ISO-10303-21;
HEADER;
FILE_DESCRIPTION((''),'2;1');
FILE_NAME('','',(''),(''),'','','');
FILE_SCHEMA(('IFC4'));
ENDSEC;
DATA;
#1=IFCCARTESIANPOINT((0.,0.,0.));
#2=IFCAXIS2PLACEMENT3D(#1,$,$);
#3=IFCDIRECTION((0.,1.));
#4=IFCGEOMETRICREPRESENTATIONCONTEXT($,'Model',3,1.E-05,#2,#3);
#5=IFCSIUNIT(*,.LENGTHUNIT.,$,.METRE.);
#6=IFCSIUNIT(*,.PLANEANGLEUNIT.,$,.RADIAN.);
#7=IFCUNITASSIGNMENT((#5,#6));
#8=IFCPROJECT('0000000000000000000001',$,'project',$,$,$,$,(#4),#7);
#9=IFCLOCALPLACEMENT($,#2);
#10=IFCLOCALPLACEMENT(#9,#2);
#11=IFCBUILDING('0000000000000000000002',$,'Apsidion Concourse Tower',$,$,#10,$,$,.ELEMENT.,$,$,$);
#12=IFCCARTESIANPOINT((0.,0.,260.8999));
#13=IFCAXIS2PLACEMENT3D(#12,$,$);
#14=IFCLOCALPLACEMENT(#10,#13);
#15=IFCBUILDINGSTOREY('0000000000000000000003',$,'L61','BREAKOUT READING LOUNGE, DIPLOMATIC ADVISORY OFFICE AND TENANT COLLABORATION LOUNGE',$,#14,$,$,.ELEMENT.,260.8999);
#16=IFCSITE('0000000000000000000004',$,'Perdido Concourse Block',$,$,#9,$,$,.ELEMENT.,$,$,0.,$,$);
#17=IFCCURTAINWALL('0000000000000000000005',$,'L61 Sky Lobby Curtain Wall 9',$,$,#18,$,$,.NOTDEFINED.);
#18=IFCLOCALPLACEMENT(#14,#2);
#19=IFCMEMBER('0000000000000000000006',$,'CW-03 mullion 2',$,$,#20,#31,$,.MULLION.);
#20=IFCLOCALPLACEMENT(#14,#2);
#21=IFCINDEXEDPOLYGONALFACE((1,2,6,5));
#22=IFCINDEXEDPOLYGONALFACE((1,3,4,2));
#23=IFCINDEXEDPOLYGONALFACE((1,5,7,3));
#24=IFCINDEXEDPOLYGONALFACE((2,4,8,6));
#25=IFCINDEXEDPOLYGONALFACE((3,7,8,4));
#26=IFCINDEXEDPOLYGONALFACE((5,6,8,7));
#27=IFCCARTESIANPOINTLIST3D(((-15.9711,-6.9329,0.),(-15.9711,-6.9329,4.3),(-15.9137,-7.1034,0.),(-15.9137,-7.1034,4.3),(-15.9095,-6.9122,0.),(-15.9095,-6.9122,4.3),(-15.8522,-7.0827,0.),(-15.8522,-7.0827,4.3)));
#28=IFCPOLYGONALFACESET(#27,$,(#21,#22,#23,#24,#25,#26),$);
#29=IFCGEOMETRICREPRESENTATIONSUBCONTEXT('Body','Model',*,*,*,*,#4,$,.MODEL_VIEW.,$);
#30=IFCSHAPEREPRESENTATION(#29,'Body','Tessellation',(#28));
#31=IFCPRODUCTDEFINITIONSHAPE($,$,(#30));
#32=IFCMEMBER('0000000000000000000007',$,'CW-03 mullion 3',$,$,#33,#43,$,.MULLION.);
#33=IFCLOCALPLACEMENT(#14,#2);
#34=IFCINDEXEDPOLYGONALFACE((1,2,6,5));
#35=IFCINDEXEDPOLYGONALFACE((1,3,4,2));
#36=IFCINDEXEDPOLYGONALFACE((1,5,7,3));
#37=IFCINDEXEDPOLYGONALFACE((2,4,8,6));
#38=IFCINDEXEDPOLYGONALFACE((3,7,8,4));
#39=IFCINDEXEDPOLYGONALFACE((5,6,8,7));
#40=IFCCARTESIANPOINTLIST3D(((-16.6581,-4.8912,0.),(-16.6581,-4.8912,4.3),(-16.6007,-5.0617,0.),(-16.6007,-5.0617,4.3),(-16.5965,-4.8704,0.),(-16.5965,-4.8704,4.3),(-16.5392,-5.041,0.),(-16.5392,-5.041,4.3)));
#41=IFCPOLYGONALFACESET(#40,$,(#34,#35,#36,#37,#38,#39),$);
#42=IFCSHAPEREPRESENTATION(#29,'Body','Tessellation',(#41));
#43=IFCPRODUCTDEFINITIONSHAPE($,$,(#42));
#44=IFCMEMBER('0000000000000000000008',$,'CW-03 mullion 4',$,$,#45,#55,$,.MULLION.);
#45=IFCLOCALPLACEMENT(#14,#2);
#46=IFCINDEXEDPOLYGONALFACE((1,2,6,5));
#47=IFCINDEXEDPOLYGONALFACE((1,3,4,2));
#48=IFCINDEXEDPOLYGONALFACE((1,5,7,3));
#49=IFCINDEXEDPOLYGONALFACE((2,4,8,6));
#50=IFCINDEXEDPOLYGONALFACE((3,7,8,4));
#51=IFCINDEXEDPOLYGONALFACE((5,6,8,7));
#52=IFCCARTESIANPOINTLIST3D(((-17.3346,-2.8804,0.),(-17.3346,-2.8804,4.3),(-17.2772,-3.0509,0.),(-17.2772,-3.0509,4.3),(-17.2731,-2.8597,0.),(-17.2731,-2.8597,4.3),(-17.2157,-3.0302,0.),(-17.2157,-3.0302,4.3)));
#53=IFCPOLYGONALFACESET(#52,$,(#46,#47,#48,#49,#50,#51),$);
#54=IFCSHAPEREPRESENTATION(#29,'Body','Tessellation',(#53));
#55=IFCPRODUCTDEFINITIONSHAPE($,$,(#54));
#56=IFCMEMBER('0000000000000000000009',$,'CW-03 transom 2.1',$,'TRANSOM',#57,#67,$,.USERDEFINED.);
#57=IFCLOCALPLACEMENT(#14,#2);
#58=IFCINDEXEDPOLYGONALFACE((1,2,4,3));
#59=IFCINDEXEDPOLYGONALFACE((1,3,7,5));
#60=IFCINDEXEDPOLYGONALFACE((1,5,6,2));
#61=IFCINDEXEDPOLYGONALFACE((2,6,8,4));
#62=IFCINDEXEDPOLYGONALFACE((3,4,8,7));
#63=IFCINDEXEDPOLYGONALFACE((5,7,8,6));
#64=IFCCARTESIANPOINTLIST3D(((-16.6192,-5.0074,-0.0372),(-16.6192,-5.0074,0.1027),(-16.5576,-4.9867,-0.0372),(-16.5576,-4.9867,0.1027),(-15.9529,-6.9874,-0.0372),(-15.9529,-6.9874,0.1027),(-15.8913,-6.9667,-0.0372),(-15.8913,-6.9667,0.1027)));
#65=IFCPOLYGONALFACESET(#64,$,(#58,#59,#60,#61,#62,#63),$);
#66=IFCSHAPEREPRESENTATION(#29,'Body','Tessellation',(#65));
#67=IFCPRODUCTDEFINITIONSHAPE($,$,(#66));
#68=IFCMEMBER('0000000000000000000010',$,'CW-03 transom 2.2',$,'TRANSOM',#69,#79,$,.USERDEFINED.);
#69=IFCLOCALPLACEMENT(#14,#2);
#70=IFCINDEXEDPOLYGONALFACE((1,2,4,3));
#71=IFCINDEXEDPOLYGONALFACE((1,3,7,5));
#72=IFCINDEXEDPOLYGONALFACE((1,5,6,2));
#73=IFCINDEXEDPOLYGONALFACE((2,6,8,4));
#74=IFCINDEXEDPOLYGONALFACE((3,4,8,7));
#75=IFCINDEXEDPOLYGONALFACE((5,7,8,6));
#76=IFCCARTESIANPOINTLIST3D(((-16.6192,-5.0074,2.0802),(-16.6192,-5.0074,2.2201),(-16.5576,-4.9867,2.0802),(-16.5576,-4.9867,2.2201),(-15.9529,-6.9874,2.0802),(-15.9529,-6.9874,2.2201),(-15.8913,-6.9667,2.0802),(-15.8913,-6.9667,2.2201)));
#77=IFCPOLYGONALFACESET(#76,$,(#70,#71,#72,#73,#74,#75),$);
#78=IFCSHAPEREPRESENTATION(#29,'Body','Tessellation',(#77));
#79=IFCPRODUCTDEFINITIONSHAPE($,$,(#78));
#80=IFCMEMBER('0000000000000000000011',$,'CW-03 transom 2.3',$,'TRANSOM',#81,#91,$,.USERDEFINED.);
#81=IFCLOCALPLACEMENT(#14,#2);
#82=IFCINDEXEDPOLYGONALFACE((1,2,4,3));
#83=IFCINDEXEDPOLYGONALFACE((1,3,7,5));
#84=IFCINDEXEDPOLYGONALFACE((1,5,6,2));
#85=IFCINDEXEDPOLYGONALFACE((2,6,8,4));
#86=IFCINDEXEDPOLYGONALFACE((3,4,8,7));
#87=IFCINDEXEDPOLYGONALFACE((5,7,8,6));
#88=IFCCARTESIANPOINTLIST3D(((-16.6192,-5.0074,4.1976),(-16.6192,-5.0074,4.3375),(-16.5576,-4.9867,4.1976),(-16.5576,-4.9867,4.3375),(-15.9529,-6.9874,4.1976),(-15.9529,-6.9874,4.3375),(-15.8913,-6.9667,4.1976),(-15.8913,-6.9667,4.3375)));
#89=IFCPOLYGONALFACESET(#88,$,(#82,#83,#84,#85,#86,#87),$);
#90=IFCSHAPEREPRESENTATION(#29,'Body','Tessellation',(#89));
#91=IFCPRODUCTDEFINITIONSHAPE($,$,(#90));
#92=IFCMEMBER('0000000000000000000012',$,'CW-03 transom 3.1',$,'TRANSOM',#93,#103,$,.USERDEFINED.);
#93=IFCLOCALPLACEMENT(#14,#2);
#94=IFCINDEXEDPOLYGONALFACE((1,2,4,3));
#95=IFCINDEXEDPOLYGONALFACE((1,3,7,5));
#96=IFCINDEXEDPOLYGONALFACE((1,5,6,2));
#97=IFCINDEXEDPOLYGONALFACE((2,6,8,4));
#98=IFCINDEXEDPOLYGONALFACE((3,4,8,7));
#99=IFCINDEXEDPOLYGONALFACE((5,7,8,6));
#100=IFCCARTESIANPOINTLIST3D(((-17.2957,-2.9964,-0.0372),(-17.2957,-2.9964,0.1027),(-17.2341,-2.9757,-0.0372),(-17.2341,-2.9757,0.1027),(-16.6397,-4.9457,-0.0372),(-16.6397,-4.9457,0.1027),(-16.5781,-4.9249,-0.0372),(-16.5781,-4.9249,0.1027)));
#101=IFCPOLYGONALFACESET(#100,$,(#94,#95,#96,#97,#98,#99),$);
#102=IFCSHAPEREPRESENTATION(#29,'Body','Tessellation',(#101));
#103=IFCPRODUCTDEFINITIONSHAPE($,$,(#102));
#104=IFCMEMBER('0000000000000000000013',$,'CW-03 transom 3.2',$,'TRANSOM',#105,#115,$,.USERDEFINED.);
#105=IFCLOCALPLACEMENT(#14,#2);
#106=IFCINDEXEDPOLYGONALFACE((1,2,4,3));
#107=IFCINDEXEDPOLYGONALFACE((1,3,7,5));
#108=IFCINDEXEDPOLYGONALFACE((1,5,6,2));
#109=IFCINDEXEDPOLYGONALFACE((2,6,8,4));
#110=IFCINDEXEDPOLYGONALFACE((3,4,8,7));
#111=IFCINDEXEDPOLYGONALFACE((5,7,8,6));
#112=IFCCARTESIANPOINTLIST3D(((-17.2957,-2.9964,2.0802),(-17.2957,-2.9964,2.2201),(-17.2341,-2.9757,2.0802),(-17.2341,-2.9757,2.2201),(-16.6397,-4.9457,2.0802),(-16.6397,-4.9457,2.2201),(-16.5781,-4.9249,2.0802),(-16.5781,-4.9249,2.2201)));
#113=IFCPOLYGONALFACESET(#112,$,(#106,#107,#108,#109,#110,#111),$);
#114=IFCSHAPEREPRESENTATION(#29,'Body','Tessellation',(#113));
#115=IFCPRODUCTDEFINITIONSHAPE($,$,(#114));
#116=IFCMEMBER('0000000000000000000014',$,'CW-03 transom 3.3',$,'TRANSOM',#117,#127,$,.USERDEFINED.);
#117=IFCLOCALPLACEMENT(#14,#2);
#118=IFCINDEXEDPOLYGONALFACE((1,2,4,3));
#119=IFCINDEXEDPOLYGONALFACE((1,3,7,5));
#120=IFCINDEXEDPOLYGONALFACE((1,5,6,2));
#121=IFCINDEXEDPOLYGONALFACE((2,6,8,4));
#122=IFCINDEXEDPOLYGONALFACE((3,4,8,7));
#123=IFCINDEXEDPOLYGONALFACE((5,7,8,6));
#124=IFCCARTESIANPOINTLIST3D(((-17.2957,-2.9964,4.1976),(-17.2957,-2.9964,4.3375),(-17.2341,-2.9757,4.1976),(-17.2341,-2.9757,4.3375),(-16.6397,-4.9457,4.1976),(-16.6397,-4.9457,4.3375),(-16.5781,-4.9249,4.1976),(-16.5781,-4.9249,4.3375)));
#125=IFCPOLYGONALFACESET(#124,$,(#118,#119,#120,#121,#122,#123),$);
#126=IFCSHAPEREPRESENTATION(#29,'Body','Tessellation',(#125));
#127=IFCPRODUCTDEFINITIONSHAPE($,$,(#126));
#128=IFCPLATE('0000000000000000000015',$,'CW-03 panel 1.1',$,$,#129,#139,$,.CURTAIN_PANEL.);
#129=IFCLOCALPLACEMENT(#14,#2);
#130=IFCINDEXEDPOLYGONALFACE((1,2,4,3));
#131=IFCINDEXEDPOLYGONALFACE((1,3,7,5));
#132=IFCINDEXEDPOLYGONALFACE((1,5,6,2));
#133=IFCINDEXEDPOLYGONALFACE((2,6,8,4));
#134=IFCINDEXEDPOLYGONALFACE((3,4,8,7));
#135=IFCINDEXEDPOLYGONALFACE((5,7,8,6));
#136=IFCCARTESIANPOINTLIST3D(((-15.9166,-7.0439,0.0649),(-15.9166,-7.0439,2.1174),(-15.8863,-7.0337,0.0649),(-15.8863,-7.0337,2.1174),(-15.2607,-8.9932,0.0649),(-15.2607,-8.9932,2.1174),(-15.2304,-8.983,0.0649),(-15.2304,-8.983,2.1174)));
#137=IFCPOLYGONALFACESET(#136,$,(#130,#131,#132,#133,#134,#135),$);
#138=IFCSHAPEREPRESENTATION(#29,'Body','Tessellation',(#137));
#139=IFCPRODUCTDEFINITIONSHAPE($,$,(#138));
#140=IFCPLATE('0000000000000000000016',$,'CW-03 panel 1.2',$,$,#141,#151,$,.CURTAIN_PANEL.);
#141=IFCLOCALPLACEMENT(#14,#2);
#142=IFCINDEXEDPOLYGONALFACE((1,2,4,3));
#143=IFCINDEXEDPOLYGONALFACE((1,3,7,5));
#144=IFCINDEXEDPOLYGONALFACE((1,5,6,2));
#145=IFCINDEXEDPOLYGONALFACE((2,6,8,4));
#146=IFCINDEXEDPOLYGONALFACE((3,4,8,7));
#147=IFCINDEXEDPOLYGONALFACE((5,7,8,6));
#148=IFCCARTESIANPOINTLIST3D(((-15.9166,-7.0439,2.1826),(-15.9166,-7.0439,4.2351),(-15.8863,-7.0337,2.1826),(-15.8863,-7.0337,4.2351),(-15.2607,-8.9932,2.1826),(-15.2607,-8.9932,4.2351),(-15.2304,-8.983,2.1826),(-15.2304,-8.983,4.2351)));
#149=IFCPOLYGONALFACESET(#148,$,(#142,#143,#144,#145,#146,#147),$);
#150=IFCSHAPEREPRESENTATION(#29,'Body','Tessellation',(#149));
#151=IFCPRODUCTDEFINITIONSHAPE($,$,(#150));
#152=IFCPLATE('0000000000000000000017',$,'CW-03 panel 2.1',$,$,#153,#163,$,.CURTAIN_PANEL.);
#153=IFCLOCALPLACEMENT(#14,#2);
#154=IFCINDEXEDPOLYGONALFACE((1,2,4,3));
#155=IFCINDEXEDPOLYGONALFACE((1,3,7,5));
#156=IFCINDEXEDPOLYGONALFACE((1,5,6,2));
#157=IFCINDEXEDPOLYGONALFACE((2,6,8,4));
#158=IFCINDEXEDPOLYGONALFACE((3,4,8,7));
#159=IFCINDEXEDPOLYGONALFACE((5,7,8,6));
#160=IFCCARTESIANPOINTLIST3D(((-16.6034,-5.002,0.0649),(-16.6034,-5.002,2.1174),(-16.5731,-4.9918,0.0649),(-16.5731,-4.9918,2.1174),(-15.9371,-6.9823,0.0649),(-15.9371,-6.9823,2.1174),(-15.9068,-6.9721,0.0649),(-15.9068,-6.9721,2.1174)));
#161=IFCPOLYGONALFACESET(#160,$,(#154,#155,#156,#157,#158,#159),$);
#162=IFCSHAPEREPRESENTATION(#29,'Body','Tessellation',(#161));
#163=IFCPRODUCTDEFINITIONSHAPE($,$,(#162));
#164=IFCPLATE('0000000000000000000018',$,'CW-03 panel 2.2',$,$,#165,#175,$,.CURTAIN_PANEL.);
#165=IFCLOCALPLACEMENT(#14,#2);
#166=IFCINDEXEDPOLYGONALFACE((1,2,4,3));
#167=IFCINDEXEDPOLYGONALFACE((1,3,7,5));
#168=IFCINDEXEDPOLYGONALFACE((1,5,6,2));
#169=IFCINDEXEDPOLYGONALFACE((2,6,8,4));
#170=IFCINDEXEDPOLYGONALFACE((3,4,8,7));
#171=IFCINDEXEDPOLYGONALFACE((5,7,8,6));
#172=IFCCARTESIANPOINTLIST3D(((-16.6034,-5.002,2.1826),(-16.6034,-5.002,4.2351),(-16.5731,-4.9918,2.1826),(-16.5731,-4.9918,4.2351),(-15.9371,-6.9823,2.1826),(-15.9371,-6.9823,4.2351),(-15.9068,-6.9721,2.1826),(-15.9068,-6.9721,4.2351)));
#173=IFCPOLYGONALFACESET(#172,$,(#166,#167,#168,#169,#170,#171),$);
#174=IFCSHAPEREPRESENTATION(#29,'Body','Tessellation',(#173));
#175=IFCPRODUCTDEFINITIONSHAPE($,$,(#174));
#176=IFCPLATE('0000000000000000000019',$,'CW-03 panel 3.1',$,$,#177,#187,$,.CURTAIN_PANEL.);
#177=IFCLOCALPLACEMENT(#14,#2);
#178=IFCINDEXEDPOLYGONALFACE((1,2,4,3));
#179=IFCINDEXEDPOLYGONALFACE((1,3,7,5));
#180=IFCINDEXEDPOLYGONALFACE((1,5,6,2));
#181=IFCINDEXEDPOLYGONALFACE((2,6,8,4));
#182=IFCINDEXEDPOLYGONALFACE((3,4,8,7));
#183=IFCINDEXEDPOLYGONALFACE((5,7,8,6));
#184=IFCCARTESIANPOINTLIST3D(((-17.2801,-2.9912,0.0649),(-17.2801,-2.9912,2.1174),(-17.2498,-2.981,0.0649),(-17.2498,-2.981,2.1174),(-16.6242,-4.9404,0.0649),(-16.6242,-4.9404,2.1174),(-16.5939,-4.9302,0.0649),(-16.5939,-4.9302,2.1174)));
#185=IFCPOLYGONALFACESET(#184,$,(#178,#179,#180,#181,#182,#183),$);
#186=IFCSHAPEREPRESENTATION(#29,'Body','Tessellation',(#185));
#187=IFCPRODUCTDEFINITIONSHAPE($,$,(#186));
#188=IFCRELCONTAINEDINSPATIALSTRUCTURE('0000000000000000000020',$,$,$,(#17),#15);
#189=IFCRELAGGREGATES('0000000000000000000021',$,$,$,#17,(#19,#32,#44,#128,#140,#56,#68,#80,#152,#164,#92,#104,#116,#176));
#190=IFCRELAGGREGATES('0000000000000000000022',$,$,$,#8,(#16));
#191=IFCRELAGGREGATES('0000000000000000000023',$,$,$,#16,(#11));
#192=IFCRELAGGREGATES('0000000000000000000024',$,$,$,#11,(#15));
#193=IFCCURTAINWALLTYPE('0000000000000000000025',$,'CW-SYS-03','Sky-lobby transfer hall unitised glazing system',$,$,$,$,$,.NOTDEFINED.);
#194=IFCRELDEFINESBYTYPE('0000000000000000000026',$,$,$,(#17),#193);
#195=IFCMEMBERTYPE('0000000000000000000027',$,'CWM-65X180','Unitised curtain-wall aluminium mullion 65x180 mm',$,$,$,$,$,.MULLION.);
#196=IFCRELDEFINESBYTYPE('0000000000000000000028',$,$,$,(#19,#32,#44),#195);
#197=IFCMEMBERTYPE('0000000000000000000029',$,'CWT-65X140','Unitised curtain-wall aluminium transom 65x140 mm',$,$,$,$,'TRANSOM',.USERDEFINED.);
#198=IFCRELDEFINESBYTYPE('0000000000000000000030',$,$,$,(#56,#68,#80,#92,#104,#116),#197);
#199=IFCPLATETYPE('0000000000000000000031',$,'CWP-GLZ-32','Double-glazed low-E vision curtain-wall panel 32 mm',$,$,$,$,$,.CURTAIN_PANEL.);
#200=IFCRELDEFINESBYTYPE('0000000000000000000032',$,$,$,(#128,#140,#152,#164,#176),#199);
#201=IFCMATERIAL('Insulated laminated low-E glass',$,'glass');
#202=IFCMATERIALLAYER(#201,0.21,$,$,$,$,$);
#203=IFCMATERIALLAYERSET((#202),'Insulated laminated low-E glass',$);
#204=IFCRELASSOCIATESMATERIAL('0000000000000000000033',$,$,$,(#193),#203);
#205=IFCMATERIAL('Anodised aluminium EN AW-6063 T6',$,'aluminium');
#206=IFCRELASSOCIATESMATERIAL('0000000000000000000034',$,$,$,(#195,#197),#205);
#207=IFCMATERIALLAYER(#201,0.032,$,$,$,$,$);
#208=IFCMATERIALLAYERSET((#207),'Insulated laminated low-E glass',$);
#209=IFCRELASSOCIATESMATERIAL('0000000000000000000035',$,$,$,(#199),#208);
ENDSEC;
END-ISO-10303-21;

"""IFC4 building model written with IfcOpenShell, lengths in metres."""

from ifc_helpers import new_model, si_unit, direction, frame, origin, origin_2d, place, context, subcontext, project, spatial, rectangle, extrude, material, layer, layer_set, material_profile, profile_set, type_object, element, aggregate, save


model = new_model("IFC4")

# Units and contexts
model_context = context("Model", 3, precision=1e-05, world=origin(), true_north=direction((0.0, 1.0)))
body_context = subcontext(model_context, "Body", "Model", "MODEL_VIEW")
ifc_project = project(units=[si_unit("LENGTHUNIT", "METRE"), si_unit("PLANEANGLEUNIT", "RADIAN")], contexts=[model_context])

# Site, building, storey
site_placement = place(None, origin())
site = spatial("IfcSite", under=ifc_project, at=site_placement, Name="Perdido Concourse Block", CompositionType="ELEMENT", RefElevation=0.0)
building_placement = place(site_placement, origin())
building = spatial("IfcBuilding", under=site, at=building_placement, Name="Apsidion Concourse Tower", CompositionType="ELEMENT")
storey_placement = place(building_placement, frame((0.0, 0.0, 260.8999)))
storey = spatial("IfcBuildingStorey", under=building, at=storey_placement, Name="L61", Description="BREAKOUT READING LOUNGE, DIPLOMATIC ADVISORY OFFICE AND TENANT COLLABORATION LOUNGE", CompositionType="ELEMENT", Elevation=260.8999)

# Curtain wall, members, plates
ifc_material_1 = material(Name="Insulated laminated low-E glass", Category="glass")
ifc_layer_1 = layer(ifc_material_1, 0.21)
ifc_layer_set_1 = layer_set([ifc_layer_1], Name="Insulated laminated low-E glass")
curtain_wall_type = type_object("IfcCurtainWallType", Name="CW-SYS-03", Description="Sky-lobby transfer hall unitised glazing system", PredefinedType="NOTDEFINED", material=ifc_layer_set_1)
curtain_wall_placement = place(storey_placement, origin())
curtain_wall = element("IfcCurtainWall", 1, at=curtain_wall_placement, inside=storey, type_object=curtain_wall_type, Name="L61 Sky Lobby Curtain Wall 9", PredefinedType="NOTDEFINED")
ifc_material_2 = material(Name="Anodised aluminium EN AW-6063 T6", Category="aluminium")
ifc_material_profile_1 = material_profile(ifc_material_2, rectangle(XDim=0.0649, YDim=0.1799, at=origin_2d()), Name="ALU MULLION 65x180")
ifc_profile_set_1 = profile_set([ifc_material_profile_1], Name="Anodised aluminium EN AW-6063 T6")
member_type_1 = type_object("IfcMemberType", Name="CWM-65X180", Description="Unitised curtain-wall aluminium mullion 65x180 mm", PredefinedType="MULLION", material=ifc_profile_set_1)
member_1_placement = place(storey_placement, frame((-15.9116, -7.0078, 0.0), z_axis=(0.0, 0.0, 1.0), x_axis=(-0.947791, -0.318891, 0.0)))
member_1 = element("IfcMember", 2, at=member_1_placement, type_object=member_type_1, Name="CW-03 mullion 2", PredefinedType="MULLION", context=body_context, shape_type="SweptSolid", body=[
    extrude(rectangle(XDim=0.0649, YDim=0.1799, at=origin_2d()), origin(), (0.0, 0.0, 1.0), 4.3),
])
member_2_placement = place(storey_placement, frame((-16.5986, -4.9661, 0.0), z_axis=(0.0, 0.0, 1.0), x_axis=(-0.947791, -0.318891, 0.0)))
member_2 = element("IfcMember", 3, at=member_2_placement, type_object=member_type_1, Name="CW-03 mullion 3", PredefinedType="MULLION", context=body_context, shape_type="SweptSolid", body=[
    extrude(rectangle(XDim=0.0649, YDim=0.1799, at=origin_2d()), origin(), (0.0, 0.0, 1.0), 4.3),
])
member_3_placement = place(storey_placement, frame((-17.2751, -2.9553, 0.0), z_axis=(0.0, 0.0, 1.0), x_axis=(-0.947791, -0.318891, 0.0)))
member_3 = element("IfcMember", 4, at=member_3_placement, type_object=member_type_1, Name="CW-03 mullion 4", PredefinedType="MULLION", context=body_context, shape_type="SweptSolid", body=[
    extrude(rectangle(XDim=0.0649, YDim=0.1799, at=origin_2d()), origin(), (0.0, 0.0, 1.0), 4.3),
])
ifc_material_profile_2 = material_profile(ifc_material_2, rectangle(XDim=0.0649, YDim=0.1399, at=origin_2d()), Name="ALU TRANSOM 65x140")
ifc_profile_set_2 = profile_set([ifc_material_profile_2], Name="Anodised aluminium EN AW-6063 T6")
member_type_2 = type_object("IfcMemberType", Name="CWT-65X140", Description="Unitised curtain-wall aluminium transom 65x140 mm", ElementType="TRANSOM", PredefinedType="USERDEFINED", material=ifc_profile_set_2)
member_4_placement = place(storey_placement, frame((-15.9221, -6.9771, 0.0327), z_axis=(-0.318926, 0.94778, 0.0), x_axis=(-0.94778, -0.318926, 0.0)))
member_4 = element("IfcMember", 5, at=member_4_placement, type_object=member_type_2, Name="CW-03 transom 2.1", ObjectType="TRANSOM", PredefinedType="USERDEFINED", context=body_context, shape_type="SweptSolid", body=[
    extrude(rectangle(XDim=0.0649, YDim=0.1399, at=origin_2d()), origin(), (0.0, 0.0, 1.0), 2.0891),
])
member_5_placement = place(storey_placement, frame((-15.9221, -6.9771, 2.1501), z_axis=(-0.318926, 0.94778, 0.0), x_axis=(-0.94778, -0.318926, 0.0)))
member_5 = element("IfcMember", 6, at=member_5_placement, type_object=member_type_2, Name="CW-03 transom 2.2", ObjectType="TRANSOM", PredefinedType="USERDEFINED", context=body_context, shape_type="SweptSolid", body=[
    extrude(rectangle(XDim=0.0649, YDim=0.1399, at=origin_2d()), origin(), (0.0, 0.0, 1.0), 2.0891),
])
member_6_placement = place(storey_placement, frame((-15.9221, -6.9771, 4.2676), z_axis=(-0.318926, 0.94778, 0.0), x_axis=(-0.94778, -0.318926, 0.0)))
member_6 = element("IfcMember", 7, at=member_6_placement, type_object=member_type_2, Name="CW-03 transom 2.3", ObjectType="TRANSOM", PredefinedType="USERDEFINED", context=body_context, shape_type="SweptSolid", body=[
    extrude(rectangle(XDim=0.0649, YDim=0.1399, at=origin_2d()), origin(), (0.0, 0.0, 1.0), 2.0891),
])
member_7_placement = place(storey_placement, frame((-16.6089, -4.9353, 0.0327), z_axis=(-0.318969, 0.947765, 0.0), x_axis=(-0.947765, -0.318969, 0.0)))
member_7 = element("IfcMember", 8, at=member_7_placement, type_object=member_type_2, Name="CW-03 transom 3.1", ObjectType="TRANSOM", PredefinedType="USERDEFINED", context=body_context, shape_type="SweptSolid", body=[
    extrude(rectangle(XDim=0.0649, YDim=0.1399, at=origin_2d()), origin(), (0.0, 0.0, 1.0), 2.0566),
])
member_8_placement = place(storey_placement, frame((-16.6089, -4.9353, 2.1501), z_axis=(-0.318969, 0.947765, 0.0), x_axis=(-0.947765, -0.318969, 0.0)))
member_8 = element("IfcMember", 9, at=member_8_placement, type_object=member_type_2, Name="CW-03 transom 3.2", ObjectType="TRANSOM", PredefinedType="USERDEFINED", context=body_context, shape_type="SweptSolid", body=[
    extrude(rectangle(XDim=0.0649, YDim=0.1399, at=origin_2d()), origin(), (0.0, 0.0, 1.0), 2.0566),
])
member_9_placement = place(storey_placement, frame((-16.6089, -4.9353, 4.2676), z_axis=(-0.318969, 0.947765, 0.0), x_axis=(-0.947765, -0.318969, 0.0)))
member_9 = element("IfcMember", 10, at=member_9_placement, type_object=member_type_2, Name="CW-03 transom 3.3", ObjectType="TRANSOM", PredefinedType="USERDEFINED", context=body_context, shape_type="SweptSolid", body=[
    extrude(rectangle(XDim=0.0649, YDim=0.1399, at=origin_2d()), origin(), (0.0, 0.0, 1.0), 2.0566),
])
ifc_layer_2 = layer(ifc_material_1, 0.032)
ifc_layer_set_2 = layer_set([ifc_layer_2], Name="Insulated laminated low-E glass")
plate_type = type_object("IfcPlateType", Name="CWP-GLZ-32", Description="Double-glazed low-E vision curtain-wall panel 32 mm", PredefinedType="CURTAIN_PANEL", material=ifc_layer_set_2)
plate_1_placement = place(storey_placement, frame((-15.5735, -8.0134, 0.0649), z_axis=(0.0, 0.0, 1.0), x_axis=(-0.318891, 0.947791, 0.0)))
plate_1 = element("IfcPlate", 11, at=plate_1_placement, type_object=plate_type, Name="CW-03 panel 1.1", PredefinedType="CURTAIN_PANEL", context=body_context, shape_type="SweptSolid", body=[
    extrude(rectangle(XDim=2.0566, YDim=0.032, at=origin_2d()), origin(), (0.0, 0.0, 1.0), 2.0525),
])
plate_2_placement = place(storey_placement, frame((-15.5735, -8.0134, 2.1826), z_axis=(0.0, 0.0, 1.0), x_axis=(-0.318891, 0.947791, 0.0)))
plate_2 = element("IfcPlate", 12, at=plate_2_placement, type_object=plate_type, Name="CW-03 panel 1.2", PredefinedType="CURTAIN_PANEL", context=body_context, shape_type="SweptSolid", body=[
    extrude(rectangle(XDim=2.0566, YDim=0.032, at=origin_2d()), origin(), (0.0, 0.0, 1.0), 2.0525),
])
plate_3_placement = place(storey_placement, frame((-16.2551, -5.9871, 0.0649), z_axis=(0.0, 0.0, 1.0), x_axis=(-0.318891, 0.947791, 0.0)))
plate_3 = element("IfcPlate", 13, at=plate_3_placement, type_object=plate_type, Name="CW-03 panel 2.1", PredefinedType="CURTAIN_PANEL", context=body_context, shape_type="SweptSolid", body=[
    extrude(rectangle(XDim=2.0894, YDim=0.032, at=origin_2d()), origin(), (0.0, 0.0, 1.0), 2.0525),
])
plate_4_placement = place(storey_placement, frame((-16.2551, -5.9871, 2.1826), z_axis=(0.0, 0.0, 1.0), x_axis=(-0.318891, 0.947791, 0.0)))
plate_4 = element("IfcPlate", 14, at=plate_4_placement, type_object=plate_type, Name="CW-03 panel 2.2", PredefinedType="CURTAIN_PANEL", context=body_context, shape_type="SweptSolid", body=[
    extrude(rectangle(XDim=2.0894, YDim=0.032, at=origin_2d()), origin(), (0.0, 0.0, 1.0), 2.0525),
])
plate_5_placement = place(storey_placement, frame((-16.937, -3.9607, 0.0649), z_axis=(0.0, 0.0, 1.0), x_axis=(-0.318891, 0.947791, 0.0)))
plate_5 = element("IfcPlate", 15, at=plate_5_placement, type_object=plate_type, Name="CW-03 panel 3.1", PredefinedType="CURTAIN_PANEL", context=body_context, shape_type="SweptSolid", body=[
    extrude(rectangle(XDim=2.0566, YDim=0.032, at=origin_2d()), origin(), (0.0, 0.0, 1.0), 2.0525),
])
aggregate(curtain_wall, [member_1, member_2, member_3, plate_1, plate_2, member_4, member_5, member_6, plate_3, plate_4, member_7, member_8, member_9, plate_5])

save(model, "model.ifc")
